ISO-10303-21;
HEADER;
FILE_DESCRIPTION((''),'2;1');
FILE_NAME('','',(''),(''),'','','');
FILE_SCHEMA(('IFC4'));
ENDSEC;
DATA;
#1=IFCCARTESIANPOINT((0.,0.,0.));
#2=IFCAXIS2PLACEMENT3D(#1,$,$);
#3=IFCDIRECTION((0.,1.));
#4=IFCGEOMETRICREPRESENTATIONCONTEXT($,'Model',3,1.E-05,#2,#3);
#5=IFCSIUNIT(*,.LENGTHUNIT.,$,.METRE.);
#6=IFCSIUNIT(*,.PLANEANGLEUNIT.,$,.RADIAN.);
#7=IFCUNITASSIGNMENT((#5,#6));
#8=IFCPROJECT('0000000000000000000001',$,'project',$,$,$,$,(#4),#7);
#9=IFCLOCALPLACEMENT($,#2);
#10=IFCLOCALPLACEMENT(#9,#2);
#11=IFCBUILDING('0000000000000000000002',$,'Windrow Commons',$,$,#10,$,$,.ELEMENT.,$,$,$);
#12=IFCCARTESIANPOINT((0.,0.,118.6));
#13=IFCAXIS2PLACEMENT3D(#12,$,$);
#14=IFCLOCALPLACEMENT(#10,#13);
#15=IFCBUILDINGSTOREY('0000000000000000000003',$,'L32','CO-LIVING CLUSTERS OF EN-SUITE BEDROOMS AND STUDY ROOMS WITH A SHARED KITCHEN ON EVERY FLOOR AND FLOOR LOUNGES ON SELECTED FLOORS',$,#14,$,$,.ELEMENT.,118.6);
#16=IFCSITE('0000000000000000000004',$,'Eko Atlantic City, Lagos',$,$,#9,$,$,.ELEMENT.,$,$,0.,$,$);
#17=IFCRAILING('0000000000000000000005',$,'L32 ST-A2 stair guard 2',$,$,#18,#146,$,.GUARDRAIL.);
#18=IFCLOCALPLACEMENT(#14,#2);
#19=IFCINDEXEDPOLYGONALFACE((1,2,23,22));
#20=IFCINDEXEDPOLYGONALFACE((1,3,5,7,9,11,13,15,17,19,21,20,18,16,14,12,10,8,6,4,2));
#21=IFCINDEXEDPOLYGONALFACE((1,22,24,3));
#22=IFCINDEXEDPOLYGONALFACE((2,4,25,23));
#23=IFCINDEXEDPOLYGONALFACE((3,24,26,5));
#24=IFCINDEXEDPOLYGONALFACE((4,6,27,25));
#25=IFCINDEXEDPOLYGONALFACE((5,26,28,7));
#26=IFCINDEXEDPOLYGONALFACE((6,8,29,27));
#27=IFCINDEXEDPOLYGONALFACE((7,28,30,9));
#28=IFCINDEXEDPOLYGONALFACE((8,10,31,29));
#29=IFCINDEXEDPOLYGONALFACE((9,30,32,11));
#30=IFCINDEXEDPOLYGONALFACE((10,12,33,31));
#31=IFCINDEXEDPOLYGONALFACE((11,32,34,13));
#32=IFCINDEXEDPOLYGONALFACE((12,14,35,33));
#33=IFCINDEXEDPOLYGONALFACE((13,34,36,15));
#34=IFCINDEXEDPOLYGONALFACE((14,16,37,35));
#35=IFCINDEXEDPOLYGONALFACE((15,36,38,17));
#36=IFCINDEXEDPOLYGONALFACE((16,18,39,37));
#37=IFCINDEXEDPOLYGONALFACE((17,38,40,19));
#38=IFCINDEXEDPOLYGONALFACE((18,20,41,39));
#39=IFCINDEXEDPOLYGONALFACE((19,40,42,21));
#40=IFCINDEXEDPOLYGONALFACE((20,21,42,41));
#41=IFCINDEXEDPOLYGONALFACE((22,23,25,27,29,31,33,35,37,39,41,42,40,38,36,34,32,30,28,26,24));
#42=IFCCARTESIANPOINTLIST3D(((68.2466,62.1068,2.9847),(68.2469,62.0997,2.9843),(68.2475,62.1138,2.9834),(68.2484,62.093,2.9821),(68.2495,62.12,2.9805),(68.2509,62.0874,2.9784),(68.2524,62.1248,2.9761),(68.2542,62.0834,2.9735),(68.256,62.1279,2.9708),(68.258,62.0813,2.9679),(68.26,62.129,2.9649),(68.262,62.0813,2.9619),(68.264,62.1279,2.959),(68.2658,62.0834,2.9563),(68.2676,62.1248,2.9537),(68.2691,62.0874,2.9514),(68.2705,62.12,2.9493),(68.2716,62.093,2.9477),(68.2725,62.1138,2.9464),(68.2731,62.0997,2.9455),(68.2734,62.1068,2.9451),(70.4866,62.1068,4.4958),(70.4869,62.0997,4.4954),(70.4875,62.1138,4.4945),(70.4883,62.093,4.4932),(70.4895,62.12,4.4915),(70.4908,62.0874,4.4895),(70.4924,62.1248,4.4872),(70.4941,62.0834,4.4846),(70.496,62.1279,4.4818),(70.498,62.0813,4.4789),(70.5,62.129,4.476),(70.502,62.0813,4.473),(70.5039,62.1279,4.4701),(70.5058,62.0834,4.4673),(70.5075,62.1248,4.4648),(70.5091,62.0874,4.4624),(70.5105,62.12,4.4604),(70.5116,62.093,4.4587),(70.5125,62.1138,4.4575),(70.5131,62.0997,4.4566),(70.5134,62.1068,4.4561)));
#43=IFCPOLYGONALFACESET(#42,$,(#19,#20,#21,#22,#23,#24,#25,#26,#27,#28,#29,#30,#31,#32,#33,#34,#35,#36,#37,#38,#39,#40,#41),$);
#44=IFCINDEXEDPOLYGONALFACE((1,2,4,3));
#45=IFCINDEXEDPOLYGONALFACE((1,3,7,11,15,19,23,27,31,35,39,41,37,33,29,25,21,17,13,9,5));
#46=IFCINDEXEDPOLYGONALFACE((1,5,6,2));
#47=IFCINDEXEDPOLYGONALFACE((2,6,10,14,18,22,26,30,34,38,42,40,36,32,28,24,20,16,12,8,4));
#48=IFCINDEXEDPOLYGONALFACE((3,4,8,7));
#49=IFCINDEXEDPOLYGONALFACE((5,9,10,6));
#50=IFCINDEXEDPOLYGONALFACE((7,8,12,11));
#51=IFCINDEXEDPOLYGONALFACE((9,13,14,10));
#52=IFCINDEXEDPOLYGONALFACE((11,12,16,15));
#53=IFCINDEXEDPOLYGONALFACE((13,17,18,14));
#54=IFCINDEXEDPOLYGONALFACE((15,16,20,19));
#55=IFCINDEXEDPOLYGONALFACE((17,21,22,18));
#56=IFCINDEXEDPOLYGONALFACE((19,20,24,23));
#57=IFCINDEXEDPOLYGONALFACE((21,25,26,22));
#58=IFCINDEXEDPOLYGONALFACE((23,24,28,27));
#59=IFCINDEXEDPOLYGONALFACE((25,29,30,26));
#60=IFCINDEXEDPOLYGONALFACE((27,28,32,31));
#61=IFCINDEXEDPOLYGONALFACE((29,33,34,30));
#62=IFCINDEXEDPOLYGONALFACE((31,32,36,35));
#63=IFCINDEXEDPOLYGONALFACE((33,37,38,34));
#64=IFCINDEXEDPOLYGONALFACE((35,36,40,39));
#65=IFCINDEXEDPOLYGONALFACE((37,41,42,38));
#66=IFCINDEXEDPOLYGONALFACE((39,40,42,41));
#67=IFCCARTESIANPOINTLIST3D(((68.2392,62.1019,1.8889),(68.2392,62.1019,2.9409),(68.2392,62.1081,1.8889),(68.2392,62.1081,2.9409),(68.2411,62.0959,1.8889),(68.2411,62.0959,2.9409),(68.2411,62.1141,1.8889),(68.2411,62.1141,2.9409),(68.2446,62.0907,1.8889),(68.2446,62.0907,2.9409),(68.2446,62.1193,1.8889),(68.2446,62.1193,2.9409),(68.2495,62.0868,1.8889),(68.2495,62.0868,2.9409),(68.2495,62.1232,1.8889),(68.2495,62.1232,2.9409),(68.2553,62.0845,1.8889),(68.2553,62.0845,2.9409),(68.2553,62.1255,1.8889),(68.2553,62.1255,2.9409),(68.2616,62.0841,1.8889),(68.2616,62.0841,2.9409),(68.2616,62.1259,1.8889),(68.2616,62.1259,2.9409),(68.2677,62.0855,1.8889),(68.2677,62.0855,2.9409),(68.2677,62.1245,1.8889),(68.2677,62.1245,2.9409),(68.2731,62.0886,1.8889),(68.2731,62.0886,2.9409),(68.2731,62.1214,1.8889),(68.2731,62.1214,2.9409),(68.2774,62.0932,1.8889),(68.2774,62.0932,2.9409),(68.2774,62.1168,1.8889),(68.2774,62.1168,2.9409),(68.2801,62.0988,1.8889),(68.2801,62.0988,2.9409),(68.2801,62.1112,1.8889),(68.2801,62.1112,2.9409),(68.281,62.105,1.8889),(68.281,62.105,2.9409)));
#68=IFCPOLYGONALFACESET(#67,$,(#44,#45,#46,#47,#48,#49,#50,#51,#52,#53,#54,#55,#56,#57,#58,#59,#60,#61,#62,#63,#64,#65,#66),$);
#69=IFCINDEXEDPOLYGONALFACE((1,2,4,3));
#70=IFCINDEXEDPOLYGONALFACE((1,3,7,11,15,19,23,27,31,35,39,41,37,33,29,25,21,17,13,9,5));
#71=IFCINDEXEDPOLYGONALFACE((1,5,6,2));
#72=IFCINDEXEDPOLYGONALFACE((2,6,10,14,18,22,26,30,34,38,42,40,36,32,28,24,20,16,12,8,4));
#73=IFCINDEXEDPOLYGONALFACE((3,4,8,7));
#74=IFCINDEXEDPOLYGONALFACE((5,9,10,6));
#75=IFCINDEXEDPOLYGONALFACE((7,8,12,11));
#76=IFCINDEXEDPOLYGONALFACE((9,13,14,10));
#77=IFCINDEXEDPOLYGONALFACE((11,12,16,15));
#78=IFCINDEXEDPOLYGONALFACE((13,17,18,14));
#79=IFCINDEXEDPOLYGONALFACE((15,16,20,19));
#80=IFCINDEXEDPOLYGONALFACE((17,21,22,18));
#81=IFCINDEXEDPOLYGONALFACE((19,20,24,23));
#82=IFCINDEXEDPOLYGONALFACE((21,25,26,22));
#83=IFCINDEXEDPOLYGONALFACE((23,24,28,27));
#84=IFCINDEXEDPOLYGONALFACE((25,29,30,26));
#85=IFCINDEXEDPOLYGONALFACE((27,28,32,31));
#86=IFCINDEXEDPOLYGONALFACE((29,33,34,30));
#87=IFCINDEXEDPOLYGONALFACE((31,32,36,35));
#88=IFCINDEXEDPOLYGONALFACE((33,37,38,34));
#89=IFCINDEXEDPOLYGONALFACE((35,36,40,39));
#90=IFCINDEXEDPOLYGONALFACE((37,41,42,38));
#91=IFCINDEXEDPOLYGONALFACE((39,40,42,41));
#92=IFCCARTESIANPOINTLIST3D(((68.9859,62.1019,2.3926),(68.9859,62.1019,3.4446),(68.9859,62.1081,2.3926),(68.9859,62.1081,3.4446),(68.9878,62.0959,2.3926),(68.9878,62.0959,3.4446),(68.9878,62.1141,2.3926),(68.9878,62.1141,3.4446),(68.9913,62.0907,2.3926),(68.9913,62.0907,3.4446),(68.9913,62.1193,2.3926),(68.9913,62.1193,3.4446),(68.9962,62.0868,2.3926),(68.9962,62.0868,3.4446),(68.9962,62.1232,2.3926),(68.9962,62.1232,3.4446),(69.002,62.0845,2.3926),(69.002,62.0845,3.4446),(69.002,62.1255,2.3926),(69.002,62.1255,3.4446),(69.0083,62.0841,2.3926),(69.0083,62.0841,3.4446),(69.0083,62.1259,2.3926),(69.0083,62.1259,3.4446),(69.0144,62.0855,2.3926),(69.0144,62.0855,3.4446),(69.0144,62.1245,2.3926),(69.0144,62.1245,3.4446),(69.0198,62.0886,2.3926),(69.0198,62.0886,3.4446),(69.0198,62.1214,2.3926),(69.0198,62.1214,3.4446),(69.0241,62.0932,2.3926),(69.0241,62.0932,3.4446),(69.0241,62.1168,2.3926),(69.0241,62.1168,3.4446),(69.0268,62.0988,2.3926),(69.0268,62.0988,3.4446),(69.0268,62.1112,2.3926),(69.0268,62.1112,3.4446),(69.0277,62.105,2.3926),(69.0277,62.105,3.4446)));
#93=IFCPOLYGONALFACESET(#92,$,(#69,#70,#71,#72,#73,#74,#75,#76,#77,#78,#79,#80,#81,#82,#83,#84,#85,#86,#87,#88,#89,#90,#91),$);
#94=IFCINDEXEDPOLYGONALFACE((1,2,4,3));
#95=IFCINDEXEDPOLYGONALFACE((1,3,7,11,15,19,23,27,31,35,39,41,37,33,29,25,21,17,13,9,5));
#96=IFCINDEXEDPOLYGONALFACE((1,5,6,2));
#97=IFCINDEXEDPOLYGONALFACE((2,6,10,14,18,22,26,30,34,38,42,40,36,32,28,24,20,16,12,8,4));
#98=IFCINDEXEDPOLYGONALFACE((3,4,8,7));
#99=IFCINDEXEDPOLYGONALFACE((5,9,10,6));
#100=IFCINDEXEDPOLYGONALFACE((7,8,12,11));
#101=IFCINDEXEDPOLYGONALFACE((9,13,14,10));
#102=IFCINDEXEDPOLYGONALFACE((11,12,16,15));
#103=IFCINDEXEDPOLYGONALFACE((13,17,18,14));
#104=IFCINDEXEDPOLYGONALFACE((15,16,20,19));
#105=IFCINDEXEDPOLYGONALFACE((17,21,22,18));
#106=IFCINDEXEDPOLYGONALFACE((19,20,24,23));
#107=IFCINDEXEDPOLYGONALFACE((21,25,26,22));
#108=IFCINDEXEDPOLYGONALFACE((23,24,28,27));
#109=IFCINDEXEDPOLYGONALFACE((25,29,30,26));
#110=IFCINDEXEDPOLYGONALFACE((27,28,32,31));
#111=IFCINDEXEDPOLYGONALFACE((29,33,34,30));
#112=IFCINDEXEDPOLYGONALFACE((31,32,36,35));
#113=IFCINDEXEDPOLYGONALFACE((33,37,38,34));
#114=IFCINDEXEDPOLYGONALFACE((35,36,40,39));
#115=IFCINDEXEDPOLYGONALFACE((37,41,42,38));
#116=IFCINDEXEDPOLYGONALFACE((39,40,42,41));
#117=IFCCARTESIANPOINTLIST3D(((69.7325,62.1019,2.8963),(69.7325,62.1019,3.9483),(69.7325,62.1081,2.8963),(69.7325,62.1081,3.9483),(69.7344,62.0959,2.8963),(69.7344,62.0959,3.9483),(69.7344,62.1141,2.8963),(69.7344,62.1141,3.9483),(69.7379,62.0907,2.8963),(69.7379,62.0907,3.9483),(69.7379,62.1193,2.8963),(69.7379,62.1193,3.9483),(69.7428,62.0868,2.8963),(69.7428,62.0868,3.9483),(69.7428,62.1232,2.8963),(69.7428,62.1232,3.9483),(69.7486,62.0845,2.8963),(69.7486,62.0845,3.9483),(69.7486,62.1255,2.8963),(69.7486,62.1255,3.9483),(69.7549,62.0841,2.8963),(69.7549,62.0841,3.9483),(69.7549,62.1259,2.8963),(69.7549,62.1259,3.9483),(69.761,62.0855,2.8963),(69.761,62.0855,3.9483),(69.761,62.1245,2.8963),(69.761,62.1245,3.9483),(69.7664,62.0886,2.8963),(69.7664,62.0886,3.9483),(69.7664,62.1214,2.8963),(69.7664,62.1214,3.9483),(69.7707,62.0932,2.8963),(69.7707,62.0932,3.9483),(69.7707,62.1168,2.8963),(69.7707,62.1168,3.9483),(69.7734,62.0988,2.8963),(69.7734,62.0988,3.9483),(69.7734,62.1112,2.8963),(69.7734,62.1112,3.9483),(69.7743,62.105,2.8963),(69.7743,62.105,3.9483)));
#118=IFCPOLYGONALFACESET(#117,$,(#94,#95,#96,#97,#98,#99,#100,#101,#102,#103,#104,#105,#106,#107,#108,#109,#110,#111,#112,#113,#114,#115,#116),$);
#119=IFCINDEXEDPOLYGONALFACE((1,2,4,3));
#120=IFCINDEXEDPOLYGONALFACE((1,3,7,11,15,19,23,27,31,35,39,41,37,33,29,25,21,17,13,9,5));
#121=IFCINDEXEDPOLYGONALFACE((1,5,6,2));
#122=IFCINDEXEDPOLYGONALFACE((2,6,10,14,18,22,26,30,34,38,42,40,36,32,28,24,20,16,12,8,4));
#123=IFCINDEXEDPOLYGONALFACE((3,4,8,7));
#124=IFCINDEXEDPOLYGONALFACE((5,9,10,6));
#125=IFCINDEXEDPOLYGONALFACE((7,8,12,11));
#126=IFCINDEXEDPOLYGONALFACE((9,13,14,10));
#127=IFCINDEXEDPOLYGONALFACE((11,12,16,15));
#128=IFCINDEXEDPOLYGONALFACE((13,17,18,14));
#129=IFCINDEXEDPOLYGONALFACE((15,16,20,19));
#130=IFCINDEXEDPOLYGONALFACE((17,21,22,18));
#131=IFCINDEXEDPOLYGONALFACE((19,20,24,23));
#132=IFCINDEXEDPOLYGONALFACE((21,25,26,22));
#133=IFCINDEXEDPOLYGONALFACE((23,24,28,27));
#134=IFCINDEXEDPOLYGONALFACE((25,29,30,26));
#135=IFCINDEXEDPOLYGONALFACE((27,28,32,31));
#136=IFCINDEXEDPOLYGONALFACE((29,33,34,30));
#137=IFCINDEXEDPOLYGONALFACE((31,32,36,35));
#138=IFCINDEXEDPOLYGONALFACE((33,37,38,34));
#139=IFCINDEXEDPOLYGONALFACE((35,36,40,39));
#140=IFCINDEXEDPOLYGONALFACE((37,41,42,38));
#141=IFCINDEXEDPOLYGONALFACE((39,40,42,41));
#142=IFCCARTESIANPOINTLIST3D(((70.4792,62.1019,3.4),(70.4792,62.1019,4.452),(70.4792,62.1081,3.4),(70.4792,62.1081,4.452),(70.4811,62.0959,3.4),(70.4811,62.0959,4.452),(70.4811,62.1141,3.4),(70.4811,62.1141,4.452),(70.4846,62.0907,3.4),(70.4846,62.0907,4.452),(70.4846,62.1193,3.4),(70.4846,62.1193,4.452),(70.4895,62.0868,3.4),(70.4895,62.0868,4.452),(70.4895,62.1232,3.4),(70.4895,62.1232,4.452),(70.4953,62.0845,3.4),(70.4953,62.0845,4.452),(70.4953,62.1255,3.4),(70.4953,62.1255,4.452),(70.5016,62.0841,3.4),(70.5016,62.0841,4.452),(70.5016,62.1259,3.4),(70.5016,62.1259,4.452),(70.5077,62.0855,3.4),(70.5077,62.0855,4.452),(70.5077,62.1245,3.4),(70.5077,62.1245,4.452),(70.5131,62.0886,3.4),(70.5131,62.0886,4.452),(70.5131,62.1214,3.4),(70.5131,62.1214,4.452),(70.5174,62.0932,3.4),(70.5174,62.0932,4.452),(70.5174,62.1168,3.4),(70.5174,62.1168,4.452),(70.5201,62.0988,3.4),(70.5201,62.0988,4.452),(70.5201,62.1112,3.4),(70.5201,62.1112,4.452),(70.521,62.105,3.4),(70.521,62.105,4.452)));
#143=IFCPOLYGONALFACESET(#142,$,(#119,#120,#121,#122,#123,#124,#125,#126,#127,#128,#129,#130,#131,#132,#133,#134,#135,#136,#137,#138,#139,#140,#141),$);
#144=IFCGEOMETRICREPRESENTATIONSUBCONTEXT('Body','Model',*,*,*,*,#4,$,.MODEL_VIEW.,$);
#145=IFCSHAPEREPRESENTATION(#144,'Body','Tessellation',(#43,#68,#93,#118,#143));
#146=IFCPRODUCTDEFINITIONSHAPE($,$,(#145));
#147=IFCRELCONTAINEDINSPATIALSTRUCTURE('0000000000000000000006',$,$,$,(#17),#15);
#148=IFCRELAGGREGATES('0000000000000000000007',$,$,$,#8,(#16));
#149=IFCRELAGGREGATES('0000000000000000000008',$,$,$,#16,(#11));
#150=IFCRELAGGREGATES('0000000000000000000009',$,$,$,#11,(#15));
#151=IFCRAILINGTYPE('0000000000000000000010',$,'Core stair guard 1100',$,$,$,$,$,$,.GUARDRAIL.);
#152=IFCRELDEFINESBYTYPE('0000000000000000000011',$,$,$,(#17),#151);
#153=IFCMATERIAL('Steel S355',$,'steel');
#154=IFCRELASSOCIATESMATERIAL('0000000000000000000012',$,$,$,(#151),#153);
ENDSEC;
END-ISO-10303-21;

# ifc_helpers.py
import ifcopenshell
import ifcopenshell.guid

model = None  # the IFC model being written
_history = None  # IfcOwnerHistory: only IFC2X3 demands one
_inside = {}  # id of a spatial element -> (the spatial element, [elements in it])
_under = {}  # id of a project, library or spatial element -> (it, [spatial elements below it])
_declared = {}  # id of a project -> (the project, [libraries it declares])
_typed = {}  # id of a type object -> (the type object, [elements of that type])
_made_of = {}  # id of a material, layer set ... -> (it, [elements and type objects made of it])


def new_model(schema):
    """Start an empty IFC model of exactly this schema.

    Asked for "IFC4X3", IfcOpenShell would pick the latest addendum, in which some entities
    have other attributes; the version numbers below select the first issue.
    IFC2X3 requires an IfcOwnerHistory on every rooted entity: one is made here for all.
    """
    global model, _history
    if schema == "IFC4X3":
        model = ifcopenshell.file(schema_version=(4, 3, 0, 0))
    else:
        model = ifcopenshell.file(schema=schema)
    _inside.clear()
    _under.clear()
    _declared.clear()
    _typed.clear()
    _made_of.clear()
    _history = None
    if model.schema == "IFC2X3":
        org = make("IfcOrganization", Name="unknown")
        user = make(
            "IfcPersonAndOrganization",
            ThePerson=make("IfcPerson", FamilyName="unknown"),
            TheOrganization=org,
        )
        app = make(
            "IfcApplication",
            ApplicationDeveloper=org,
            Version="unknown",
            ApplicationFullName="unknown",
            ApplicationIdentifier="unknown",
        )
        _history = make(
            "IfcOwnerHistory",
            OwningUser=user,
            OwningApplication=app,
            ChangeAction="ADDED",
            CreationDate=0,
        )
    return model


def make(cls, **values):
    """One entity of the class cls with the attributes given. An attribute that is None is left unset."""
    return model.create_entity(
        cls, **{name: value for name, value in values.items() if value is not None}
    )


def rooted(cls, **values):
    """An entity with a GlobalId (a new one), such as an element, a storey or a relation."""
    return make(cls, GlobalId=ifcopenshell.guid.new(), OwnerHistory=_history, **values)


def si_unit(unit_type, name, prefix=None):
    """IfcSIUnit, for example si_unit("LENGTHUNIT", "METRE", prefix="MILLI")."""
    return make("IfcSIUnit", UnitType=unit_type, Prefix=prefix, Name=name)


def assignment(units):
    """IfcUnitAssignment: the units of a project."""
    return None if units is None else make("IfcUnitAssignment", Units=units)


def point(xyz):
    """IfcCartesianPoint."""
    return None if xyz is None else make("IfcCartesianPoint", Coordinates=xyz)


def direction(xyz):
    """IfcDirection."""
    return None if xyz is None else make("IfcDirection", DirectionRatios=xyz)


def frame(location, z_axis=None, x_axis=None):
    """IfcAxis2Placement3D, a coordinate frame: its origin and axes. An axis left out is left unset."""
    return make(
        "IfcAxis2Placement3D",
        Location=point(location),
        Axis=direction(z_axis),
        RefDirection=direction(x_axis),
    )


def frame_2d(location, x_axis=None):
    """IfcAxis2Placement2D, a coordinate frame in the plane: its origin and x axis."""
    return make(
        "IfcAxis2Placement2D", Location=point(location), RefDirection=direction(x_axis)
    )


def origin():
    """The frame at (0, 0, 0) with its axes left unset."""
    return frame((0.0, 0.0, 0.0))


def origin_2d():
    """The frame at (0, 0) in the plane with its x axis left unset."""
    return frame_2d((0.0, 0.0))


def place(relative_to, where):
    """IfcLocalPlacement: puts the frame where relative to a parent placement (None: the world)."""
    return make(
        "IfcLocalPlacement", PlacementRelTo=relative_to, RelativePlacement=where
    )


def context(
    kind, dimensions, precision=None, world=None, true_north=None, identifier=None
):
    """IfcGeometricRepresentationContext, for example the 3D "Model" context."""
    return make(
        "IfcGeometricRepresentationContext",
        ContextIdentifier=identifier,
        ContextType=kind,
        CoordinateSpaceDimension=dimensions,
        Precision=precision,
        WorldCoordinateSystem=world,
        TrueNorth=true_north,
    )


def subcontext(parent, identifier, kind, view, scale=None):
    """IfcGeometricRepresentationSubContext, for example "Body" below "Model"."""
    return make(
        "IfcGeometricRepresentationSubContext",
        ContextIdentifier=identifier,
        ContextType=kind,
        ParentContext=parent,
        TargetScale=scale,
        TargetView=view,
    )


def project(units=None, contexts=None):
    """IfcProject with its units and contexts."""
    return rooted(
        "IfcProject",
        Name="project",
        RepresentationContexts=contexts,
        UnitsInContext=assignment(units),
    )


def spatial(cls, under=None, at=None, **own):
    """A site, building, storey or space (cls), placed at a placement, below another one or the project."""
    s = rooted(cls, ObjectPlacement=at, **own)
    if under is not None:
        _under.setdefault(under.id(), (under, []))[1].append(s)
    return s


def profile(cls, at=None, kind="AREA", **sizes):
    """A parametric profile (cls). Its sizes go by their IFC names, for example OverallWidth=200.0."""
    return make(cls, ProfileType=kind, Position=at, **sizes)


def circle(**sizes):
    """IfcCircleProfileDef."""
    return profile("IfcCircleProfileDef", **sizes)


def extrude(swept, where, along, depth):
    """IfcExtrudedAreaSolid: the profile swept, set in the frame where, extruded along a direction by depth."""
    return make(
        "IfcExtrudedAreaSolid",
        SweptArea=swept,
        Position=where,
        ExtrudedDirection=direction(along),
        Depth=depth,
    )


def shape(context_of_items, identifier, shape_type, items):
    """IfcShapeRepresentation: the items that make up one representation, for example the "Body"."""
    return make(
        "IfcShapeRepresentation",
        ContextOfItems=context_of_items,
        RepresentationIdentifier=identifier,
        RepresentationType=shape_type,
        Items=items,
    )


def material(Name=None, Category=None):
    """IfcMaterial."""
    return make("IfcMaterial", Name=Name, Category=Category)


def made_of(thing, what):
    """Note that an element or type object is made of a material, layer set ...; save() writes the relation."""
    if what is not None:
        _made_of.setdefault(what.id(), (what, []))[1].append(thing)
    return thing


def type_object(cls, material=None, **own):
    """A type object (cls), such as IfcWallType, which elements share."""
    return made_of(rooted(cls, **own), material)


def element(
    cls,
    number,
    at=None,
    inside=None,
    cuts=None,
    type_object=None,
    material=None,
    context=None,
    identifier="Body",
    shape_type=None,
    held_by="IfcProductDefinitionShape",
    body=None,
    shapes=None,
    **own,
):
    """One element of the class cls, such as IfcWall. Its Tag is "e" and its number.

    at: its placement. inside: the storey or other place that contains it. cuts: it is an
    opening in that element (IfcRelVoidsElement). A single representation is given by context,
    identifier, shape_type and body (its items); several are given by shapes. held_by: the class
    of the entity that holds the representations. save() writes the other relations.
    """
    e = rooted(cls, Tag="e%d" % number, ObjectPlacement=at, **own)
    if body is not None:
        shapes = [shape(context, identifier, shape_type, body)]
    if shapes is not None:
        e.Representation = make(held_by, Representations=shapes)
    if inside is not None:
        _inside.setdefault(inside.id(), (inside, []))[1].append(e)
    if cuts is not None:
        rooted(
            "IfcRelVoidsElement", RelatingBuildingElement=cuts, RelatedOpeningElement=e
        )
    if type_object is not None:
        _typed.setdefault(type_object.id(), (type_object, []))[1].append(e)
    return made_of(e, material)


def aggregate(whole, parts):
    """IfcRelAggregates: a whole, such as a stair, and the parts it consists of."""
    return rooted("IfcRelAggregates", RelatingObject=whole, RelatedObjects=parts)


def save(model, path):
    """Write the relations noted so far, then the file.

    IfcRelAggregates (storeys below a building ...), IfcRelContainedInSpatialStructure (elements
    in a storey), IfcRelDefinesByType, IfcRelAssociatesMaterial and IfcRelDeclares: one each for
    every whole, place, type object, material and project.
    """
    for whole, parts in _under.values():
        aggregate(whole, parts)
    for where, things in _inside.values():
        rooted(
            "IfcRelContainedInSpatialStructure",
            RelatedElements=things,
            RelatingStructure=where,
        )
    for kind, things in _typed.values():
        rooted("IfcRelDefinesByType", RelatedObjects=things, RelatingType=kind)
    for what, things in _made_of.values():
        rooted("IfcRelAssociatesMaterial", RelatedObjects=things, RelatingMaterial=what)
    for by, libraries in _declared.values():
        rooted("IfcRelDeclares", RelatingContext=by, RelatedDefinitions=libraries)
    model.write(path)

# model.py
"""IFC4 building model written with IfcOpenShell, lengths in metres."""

from ifc_helpers import new_model, si_unit, direction, frame, origin, origin_2d, place, context, subcontext, project, spatial, circle, extrude, material, type_object, element, save


model = new_model("IFC4")

# Units and contexts
model_context = context("Model", 3, precision=1e-05, world=origin(), true_north=direction((0.0, 1.0)))
body_context = subcontext(model_context, "Body", "Model", "MODEL_VIEW")
ifc_project = project(units=[si_unit("LENGTHUNIT", "METRE"), si_unit("PLANEANGLEUNIT", "RADIAN")], contexts=[model_context])

# Site, building, storey
site_placement = place(None, origin())
site = spatial("IfcSite", under=ifc_project, at=site_placement, Name="Eko Atlantic City, Lagos", CompositionType="ELEMENT", RefElevation=0.0)
building_placement = place(site_placement, origin())
building = spatial("IfcBuilding", under=site, at=building_placement, Name="Windrow Commons", CompositionType="ELEMENT")
storey_placement = place(building_placement, frame((0.0, 0.0, 118.6)))
storey = spatial("IfcBuildingStorey", under=building, at=storey_placement, Name="L32", Description="CO-LIVING CLUSTERS OF EN-SUITE BEDROOMS AND STUDY ROOMS WITH A SHARED KITCHEN ON EVERY FLOOR AND FLOOR LOUNGES ON SELECTED FLOORS", CompositionType="ELEMENT", Elevation=118.6)

# Railing
ifc_material_1 = material(Name="Steel S355", Category="steel")
railing_type_1 = type_object("IfcRailingType", Name="Core stair guard 1100", PredefinedType="GUARDRAIL", material=ifc_material_1)
railing_1_placement = place(storey_placement, frame((68.26, 62.105, 1.8889)))
element("IfcRailing", 1, at=railing_1_placement, inside=storey, type_object=railing_type_1, Name="L32 ST-A2 stair guard 2", PredefinedType="GUARDRAIL", context=body_context, shape_type="SweptSolid", body=[
    extrude(circle(Radius=0.024, at=origin_2d()), frame((0.0, 0.0, 1.076), z_axis=(0.829003, 0.0, 0.559244), x_axis=(0.0, 1.0, 0.0)), (0.0, 0.0, 1.0), 2.702),
    extrude(circle(Radius=0.021, at=origin_2d()), origin(), (0.0, 0.0, 1.0), 1.052),
    extrude(circle(Radius=0.021, at=origin_2d()), frame((0.7467, 0.0, 0.5037)), (0.0, 0.0, 1.0), 1.052),
    extrude(circle(Radius=0.021, at=origin_2d()), frame((1.4933, 0.0, 1.0074)), (0.0, 0.0, 1.0), 1.052),
    extrude(circle(Radius=0.021, at=origin_2d()), frame((2.24, 0.0, 1.5111)), (0.0, 0.0, 1.0), 1.052),
])

save(model, "model.ifc")
